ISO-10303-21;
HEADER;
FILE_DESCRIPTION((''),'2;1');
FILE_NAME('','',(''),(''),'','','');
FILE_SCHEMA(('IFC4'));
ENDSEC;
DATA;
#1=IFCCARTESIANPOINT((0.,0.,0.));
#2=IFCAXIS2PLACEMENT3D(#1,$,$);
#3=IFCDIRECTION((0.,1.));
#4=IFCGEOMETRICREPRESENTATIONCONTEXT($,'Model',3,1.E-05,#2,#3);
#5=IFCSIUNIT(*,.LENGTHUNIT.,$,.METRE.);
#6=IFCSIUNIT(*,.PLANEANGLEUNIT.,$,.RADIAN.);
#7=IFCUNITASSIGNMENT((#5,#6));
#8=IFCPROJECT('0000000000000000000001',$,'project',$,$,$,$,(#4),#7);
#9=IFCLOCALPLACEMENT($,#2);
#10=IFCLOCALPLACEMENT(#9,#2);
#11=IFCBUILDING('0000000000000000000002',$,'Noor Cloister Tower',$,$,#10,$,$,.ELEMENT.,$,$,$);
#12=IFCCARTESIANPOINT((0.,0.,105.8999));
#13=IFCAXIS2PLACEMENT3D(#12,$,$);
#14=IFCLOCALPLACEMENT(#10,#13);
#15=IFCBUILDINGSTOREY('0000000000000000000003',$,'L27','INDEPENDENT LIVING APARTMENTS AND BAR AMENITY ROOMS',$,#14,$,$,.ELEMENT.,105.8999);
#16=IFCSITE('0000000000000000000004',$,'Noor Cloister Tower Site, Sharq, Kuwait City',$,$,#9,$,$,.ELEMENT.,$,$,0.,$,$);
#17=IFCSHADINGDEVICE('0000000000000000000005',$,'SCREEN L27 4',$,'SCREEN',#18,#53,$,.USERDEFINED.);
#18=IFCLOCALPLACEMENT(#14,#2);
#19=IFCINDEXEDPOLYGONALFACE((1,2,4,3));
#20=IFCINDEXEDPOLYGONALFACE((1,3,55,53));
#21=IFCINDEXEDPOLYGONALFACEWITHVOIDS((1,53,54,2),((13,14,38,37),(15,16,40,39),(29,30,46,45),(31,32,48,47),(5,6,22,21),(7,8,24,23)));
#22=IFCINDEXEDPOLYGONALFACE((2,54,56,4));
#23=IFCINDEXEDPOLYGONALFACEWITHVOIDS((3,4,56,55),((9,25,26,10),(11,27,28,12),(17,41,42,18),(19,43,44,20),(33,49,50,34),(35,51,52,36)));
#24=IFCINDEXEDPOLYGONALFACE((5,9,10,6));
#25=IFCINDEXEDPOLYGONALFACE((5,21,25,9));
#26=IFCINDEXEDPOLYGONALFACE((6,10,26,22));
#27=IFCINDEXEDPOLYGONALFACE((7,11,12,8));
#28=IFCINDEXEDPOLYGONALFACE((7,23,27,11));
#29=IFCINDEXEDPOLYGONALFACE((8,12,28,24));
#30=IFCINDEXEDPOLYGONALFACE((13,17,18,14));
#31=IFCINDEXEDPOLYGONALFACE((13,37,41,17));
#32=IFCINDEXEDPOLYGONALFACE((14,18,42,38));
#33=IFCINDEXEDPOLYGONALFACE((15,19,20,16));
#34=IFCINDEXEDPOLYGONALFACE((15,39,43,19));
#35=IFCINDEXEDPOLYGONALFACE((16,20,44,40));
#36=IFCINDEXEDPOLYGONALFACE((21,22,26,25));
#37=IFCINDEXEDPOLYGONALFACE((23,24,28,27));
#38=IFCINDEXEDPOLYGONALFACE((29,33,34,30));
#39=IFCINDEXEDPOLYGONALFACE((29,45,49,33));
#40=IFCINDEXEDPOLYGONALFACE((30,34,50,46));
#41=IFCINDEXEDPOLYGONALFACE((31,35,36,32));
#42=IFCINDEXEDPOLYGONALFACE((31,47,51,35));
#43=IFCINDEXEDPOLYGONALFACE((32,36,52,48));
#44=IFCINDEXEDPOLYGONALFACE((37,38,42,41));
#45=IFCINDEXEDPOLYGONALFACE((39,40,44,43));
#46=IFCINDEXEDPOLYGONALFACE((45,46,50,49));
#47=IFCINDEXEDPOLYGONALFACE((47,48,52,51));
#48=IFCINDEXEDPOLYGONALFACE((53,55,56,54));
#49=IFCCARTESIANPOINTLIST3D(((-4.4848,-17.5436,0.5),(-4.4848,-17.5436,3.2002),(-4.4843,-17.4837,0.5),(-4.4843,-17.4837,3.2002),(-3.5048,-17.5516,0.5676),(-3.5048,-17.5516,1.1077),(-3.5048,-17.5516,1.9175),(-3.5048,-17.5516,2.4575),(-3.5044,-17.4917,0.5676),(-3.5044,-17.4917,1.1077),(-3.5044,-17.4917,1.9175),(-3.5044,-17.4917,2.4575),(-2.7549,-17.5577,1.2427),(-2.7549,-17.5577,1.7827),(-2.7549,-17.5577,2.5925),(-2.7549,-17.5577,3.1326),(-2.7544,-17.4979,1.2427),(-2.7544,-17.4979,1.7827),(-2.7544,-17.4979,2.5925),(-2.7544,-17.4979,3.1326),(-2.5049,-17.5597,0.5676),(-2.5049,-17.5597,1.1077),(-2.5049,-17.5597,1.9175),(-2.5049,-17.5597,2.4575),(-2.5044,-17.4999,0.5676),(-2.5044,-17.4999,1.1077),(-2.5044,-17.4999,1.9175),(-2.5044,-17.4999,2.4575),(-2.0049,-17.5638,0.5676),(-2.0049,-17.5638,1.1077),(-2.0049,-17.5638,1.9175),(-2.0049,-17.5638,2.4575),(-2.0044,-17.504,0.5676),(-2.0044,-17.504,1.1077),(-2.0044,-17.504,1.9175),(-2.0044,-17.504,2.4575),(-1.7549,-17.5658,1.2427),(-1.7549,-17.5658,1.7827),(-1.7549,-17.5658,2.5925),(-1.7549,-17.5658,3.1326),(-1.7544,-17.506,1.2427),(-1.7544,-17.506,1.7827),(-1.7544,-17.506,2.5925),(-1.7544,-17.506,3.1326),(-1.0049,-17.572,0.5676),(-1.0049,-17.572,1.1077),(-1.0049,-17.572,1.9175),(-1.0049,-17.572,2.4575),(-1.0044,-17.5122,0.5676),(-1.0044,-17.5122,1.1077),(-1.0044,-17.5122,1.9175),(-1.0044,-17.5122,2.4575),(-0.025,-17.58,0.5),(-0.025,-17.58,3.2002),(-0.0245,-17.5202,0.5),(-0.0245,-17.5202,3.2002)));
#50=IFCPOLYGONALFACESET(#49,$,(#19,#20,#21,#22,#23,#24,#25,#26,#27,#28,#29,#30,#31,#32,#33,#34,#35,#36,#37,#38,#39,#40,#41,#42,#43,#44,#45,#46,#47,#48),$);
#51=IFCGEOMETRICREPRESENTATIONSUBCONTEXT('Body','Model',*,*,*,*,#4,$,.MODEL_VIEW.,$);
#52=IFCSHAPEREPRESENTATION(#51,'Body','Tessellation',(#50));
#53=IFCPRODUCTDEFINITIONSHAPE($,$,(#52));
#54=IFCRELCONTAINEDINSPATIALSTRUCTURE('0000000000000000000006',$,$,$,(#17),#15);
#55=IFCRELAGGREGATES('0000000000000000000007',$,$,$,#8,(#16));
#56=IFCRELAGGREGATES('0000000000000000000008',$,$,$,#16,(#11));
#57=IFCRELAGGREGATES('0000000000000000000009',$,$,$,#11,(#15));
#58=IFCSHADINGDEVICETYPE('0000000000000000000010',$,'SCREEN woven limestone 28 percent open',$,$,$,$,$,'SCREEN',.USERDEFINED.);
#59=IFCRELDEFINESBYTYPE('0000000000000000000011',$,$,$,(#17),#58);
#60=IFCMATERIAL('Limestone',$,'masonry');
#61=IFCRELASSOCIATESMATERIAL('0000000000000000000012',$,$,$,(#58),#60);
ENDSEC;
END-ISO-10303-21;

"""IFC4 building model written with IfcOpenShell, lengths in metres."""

from ifc_helpers import new_model, si_unit, direction, frame, origin, place, context, subcontext, project, spatial, polyline, outline, extrude, material, material_profile, profile_set, type_object, element, save


model = new_model("IFC4")

# Units and contexts
model_context = context("Model", 3, precision=1e-05, world=origin(), true_north=direction((0.0, 1.0)))
body_context = subcontext(model_context, "Body", "Model", "MODEL_VIEW")
ifc_project = project(units=[si_unit("LENGTHUNIT", "METRE"), si_unit("PLANEANGLEUNIT", "RADIAN")], contexts=[model_context])

# Site, building, storey
site_placement = place(None, origin())
site = spatial("IfcSite", under=ifc_project, at=site_placement, Name="Noor Cloister Tower Site, Sharq, Kuwait City", CompositionType="ELEMENT", RefElevation=0.0)
building_placement = place(site_placement, origin())
building = spatial("IfcBuilding", under=site, at=building_placement, Name="Noor Cloister Tower", CompositionType="ELEMENT")
storey_placement = place(building_placement, frame((0.0, 0.0, 105.8999)))
storey = spatial("IfcBuildingStorey", under=building, at=storey_placement, Name="L27", Description="INDEPENDENT LIVING APARTMENTS AND BAR AMENITY ROOMS", CompositionType="ELEMENT", Elevation=105.8999)

# Shading device
ifc_material_1 = material(Name="Limestone", Category="masonry")
ifc_material_profile_1 = material_profile(ifc_material_1, outline(polyline([(-2.23, -1.3501), (2.23, -1.3501), (2.23, 1.3501), (-2.23, 1.3501), (-2.23, -1.3501)]), holes=[polyline([(-1.25, -1.2825), (-0.25, -1.2825), (-0.25, -0.7424), (-1.25, -0.7424), (-1.25, -1.2825)]), polyline([(0.25, -1.2825), (1.25, -1.2825), (1.25, -0.7424), (0.25, -0.7424), (0.25, -1.2825)]), polyline([(-0.5, -0.6074), (0.5, -0.6074), (0.5, -0.0674), (-0.5, -0.0674), (-0.5, -0.6074)]), polyline([(-1.25, 0.0674), (-0.25, 0.0674), (-0.25, 0.6074), (-1.25, 0.6074), (-1.25, 0.0674)]), polyline([(0.25, 0.0674), (1.25, 0.0674), (1.25, 0.6074), (0.25, 0.6074), (0.25, 0.0674)]), polyline([(-0.5, 0.7424), (0.5, 0.7424), (0.5, 1.2825), (-0.5, 1.2825), (-0.5, 0.7424)])]), Name="Woven screen 28 percent open")
ifc_profile_set_1 = profile_set([ifc_material_profile_1], Name="Limestone")
shading_device_type = type_object("IfcShadingDeviceType", Name="SCREEN woven limestone 28 percent open", ElementType="SCREEN", PredefinedType="USERDEFINED", material=ifc_profile_set_1)
shading_device_1_placement = place(storey_placement, frame((-2.2544, -17.502, 1.8501), z_axis=(-0.008163, -0.999967, 0.0), x_axis=(0.999967, -0.008163, 0.0)))
element("IfcShadingDevice", 1, at=shading_device_1_placement, inside=storey, type_object=shading_device_type, Name="SCREEN L27 4", ObjectType="SCREEN", PredefinedType="USERDEFINED", context=body_context, shape_type="SweptSolid", body=[
    extrude(outline(polyline([(-2.23, -1.3501), (2.23, -1.3501), (2.23, 1.3501), (-2.23, 1.3501), (-2.23, -1.3501)]), holes=[polyline([(-1.25, -1.2825), (-0.25, -1.2825), (-0.25, -0.7424), (-1.25, -0.7424), (-1.25, -1.2825)]), polyline([(0.25, -1.2825), (1.25, -1.2825), (1.25, -0.7424), (0.25, -0.7424), (0.25, -1.2825)]), polyline([(-0.5, -0.6074), (0.5, -0.6074), (0.5, -0.0674), (-0.5, -0.0674), (-0.5, -0.6074)]), polyline([(-1.25, 0.0674), (-0.25, 0.0674), (-0.25, 0.6074), (-1.25, 0.6074), (-1.25, 0.0674)]), polyline([(0.25, 0.0674), (1.25, 0.0674), (1.25, 0.6074), (0.25, 0.6074), (0.25, 0.0674)]), polyline([(-0.5, 0.7424), (0.5, 0.7424), (0.5, 1.2825), (-0.5, 1.2825), (-0.5, 0.7424)])]), origin(), (0.0, 0.0, 1.0), 0.0598),
])

save(model, "model.ifc")
